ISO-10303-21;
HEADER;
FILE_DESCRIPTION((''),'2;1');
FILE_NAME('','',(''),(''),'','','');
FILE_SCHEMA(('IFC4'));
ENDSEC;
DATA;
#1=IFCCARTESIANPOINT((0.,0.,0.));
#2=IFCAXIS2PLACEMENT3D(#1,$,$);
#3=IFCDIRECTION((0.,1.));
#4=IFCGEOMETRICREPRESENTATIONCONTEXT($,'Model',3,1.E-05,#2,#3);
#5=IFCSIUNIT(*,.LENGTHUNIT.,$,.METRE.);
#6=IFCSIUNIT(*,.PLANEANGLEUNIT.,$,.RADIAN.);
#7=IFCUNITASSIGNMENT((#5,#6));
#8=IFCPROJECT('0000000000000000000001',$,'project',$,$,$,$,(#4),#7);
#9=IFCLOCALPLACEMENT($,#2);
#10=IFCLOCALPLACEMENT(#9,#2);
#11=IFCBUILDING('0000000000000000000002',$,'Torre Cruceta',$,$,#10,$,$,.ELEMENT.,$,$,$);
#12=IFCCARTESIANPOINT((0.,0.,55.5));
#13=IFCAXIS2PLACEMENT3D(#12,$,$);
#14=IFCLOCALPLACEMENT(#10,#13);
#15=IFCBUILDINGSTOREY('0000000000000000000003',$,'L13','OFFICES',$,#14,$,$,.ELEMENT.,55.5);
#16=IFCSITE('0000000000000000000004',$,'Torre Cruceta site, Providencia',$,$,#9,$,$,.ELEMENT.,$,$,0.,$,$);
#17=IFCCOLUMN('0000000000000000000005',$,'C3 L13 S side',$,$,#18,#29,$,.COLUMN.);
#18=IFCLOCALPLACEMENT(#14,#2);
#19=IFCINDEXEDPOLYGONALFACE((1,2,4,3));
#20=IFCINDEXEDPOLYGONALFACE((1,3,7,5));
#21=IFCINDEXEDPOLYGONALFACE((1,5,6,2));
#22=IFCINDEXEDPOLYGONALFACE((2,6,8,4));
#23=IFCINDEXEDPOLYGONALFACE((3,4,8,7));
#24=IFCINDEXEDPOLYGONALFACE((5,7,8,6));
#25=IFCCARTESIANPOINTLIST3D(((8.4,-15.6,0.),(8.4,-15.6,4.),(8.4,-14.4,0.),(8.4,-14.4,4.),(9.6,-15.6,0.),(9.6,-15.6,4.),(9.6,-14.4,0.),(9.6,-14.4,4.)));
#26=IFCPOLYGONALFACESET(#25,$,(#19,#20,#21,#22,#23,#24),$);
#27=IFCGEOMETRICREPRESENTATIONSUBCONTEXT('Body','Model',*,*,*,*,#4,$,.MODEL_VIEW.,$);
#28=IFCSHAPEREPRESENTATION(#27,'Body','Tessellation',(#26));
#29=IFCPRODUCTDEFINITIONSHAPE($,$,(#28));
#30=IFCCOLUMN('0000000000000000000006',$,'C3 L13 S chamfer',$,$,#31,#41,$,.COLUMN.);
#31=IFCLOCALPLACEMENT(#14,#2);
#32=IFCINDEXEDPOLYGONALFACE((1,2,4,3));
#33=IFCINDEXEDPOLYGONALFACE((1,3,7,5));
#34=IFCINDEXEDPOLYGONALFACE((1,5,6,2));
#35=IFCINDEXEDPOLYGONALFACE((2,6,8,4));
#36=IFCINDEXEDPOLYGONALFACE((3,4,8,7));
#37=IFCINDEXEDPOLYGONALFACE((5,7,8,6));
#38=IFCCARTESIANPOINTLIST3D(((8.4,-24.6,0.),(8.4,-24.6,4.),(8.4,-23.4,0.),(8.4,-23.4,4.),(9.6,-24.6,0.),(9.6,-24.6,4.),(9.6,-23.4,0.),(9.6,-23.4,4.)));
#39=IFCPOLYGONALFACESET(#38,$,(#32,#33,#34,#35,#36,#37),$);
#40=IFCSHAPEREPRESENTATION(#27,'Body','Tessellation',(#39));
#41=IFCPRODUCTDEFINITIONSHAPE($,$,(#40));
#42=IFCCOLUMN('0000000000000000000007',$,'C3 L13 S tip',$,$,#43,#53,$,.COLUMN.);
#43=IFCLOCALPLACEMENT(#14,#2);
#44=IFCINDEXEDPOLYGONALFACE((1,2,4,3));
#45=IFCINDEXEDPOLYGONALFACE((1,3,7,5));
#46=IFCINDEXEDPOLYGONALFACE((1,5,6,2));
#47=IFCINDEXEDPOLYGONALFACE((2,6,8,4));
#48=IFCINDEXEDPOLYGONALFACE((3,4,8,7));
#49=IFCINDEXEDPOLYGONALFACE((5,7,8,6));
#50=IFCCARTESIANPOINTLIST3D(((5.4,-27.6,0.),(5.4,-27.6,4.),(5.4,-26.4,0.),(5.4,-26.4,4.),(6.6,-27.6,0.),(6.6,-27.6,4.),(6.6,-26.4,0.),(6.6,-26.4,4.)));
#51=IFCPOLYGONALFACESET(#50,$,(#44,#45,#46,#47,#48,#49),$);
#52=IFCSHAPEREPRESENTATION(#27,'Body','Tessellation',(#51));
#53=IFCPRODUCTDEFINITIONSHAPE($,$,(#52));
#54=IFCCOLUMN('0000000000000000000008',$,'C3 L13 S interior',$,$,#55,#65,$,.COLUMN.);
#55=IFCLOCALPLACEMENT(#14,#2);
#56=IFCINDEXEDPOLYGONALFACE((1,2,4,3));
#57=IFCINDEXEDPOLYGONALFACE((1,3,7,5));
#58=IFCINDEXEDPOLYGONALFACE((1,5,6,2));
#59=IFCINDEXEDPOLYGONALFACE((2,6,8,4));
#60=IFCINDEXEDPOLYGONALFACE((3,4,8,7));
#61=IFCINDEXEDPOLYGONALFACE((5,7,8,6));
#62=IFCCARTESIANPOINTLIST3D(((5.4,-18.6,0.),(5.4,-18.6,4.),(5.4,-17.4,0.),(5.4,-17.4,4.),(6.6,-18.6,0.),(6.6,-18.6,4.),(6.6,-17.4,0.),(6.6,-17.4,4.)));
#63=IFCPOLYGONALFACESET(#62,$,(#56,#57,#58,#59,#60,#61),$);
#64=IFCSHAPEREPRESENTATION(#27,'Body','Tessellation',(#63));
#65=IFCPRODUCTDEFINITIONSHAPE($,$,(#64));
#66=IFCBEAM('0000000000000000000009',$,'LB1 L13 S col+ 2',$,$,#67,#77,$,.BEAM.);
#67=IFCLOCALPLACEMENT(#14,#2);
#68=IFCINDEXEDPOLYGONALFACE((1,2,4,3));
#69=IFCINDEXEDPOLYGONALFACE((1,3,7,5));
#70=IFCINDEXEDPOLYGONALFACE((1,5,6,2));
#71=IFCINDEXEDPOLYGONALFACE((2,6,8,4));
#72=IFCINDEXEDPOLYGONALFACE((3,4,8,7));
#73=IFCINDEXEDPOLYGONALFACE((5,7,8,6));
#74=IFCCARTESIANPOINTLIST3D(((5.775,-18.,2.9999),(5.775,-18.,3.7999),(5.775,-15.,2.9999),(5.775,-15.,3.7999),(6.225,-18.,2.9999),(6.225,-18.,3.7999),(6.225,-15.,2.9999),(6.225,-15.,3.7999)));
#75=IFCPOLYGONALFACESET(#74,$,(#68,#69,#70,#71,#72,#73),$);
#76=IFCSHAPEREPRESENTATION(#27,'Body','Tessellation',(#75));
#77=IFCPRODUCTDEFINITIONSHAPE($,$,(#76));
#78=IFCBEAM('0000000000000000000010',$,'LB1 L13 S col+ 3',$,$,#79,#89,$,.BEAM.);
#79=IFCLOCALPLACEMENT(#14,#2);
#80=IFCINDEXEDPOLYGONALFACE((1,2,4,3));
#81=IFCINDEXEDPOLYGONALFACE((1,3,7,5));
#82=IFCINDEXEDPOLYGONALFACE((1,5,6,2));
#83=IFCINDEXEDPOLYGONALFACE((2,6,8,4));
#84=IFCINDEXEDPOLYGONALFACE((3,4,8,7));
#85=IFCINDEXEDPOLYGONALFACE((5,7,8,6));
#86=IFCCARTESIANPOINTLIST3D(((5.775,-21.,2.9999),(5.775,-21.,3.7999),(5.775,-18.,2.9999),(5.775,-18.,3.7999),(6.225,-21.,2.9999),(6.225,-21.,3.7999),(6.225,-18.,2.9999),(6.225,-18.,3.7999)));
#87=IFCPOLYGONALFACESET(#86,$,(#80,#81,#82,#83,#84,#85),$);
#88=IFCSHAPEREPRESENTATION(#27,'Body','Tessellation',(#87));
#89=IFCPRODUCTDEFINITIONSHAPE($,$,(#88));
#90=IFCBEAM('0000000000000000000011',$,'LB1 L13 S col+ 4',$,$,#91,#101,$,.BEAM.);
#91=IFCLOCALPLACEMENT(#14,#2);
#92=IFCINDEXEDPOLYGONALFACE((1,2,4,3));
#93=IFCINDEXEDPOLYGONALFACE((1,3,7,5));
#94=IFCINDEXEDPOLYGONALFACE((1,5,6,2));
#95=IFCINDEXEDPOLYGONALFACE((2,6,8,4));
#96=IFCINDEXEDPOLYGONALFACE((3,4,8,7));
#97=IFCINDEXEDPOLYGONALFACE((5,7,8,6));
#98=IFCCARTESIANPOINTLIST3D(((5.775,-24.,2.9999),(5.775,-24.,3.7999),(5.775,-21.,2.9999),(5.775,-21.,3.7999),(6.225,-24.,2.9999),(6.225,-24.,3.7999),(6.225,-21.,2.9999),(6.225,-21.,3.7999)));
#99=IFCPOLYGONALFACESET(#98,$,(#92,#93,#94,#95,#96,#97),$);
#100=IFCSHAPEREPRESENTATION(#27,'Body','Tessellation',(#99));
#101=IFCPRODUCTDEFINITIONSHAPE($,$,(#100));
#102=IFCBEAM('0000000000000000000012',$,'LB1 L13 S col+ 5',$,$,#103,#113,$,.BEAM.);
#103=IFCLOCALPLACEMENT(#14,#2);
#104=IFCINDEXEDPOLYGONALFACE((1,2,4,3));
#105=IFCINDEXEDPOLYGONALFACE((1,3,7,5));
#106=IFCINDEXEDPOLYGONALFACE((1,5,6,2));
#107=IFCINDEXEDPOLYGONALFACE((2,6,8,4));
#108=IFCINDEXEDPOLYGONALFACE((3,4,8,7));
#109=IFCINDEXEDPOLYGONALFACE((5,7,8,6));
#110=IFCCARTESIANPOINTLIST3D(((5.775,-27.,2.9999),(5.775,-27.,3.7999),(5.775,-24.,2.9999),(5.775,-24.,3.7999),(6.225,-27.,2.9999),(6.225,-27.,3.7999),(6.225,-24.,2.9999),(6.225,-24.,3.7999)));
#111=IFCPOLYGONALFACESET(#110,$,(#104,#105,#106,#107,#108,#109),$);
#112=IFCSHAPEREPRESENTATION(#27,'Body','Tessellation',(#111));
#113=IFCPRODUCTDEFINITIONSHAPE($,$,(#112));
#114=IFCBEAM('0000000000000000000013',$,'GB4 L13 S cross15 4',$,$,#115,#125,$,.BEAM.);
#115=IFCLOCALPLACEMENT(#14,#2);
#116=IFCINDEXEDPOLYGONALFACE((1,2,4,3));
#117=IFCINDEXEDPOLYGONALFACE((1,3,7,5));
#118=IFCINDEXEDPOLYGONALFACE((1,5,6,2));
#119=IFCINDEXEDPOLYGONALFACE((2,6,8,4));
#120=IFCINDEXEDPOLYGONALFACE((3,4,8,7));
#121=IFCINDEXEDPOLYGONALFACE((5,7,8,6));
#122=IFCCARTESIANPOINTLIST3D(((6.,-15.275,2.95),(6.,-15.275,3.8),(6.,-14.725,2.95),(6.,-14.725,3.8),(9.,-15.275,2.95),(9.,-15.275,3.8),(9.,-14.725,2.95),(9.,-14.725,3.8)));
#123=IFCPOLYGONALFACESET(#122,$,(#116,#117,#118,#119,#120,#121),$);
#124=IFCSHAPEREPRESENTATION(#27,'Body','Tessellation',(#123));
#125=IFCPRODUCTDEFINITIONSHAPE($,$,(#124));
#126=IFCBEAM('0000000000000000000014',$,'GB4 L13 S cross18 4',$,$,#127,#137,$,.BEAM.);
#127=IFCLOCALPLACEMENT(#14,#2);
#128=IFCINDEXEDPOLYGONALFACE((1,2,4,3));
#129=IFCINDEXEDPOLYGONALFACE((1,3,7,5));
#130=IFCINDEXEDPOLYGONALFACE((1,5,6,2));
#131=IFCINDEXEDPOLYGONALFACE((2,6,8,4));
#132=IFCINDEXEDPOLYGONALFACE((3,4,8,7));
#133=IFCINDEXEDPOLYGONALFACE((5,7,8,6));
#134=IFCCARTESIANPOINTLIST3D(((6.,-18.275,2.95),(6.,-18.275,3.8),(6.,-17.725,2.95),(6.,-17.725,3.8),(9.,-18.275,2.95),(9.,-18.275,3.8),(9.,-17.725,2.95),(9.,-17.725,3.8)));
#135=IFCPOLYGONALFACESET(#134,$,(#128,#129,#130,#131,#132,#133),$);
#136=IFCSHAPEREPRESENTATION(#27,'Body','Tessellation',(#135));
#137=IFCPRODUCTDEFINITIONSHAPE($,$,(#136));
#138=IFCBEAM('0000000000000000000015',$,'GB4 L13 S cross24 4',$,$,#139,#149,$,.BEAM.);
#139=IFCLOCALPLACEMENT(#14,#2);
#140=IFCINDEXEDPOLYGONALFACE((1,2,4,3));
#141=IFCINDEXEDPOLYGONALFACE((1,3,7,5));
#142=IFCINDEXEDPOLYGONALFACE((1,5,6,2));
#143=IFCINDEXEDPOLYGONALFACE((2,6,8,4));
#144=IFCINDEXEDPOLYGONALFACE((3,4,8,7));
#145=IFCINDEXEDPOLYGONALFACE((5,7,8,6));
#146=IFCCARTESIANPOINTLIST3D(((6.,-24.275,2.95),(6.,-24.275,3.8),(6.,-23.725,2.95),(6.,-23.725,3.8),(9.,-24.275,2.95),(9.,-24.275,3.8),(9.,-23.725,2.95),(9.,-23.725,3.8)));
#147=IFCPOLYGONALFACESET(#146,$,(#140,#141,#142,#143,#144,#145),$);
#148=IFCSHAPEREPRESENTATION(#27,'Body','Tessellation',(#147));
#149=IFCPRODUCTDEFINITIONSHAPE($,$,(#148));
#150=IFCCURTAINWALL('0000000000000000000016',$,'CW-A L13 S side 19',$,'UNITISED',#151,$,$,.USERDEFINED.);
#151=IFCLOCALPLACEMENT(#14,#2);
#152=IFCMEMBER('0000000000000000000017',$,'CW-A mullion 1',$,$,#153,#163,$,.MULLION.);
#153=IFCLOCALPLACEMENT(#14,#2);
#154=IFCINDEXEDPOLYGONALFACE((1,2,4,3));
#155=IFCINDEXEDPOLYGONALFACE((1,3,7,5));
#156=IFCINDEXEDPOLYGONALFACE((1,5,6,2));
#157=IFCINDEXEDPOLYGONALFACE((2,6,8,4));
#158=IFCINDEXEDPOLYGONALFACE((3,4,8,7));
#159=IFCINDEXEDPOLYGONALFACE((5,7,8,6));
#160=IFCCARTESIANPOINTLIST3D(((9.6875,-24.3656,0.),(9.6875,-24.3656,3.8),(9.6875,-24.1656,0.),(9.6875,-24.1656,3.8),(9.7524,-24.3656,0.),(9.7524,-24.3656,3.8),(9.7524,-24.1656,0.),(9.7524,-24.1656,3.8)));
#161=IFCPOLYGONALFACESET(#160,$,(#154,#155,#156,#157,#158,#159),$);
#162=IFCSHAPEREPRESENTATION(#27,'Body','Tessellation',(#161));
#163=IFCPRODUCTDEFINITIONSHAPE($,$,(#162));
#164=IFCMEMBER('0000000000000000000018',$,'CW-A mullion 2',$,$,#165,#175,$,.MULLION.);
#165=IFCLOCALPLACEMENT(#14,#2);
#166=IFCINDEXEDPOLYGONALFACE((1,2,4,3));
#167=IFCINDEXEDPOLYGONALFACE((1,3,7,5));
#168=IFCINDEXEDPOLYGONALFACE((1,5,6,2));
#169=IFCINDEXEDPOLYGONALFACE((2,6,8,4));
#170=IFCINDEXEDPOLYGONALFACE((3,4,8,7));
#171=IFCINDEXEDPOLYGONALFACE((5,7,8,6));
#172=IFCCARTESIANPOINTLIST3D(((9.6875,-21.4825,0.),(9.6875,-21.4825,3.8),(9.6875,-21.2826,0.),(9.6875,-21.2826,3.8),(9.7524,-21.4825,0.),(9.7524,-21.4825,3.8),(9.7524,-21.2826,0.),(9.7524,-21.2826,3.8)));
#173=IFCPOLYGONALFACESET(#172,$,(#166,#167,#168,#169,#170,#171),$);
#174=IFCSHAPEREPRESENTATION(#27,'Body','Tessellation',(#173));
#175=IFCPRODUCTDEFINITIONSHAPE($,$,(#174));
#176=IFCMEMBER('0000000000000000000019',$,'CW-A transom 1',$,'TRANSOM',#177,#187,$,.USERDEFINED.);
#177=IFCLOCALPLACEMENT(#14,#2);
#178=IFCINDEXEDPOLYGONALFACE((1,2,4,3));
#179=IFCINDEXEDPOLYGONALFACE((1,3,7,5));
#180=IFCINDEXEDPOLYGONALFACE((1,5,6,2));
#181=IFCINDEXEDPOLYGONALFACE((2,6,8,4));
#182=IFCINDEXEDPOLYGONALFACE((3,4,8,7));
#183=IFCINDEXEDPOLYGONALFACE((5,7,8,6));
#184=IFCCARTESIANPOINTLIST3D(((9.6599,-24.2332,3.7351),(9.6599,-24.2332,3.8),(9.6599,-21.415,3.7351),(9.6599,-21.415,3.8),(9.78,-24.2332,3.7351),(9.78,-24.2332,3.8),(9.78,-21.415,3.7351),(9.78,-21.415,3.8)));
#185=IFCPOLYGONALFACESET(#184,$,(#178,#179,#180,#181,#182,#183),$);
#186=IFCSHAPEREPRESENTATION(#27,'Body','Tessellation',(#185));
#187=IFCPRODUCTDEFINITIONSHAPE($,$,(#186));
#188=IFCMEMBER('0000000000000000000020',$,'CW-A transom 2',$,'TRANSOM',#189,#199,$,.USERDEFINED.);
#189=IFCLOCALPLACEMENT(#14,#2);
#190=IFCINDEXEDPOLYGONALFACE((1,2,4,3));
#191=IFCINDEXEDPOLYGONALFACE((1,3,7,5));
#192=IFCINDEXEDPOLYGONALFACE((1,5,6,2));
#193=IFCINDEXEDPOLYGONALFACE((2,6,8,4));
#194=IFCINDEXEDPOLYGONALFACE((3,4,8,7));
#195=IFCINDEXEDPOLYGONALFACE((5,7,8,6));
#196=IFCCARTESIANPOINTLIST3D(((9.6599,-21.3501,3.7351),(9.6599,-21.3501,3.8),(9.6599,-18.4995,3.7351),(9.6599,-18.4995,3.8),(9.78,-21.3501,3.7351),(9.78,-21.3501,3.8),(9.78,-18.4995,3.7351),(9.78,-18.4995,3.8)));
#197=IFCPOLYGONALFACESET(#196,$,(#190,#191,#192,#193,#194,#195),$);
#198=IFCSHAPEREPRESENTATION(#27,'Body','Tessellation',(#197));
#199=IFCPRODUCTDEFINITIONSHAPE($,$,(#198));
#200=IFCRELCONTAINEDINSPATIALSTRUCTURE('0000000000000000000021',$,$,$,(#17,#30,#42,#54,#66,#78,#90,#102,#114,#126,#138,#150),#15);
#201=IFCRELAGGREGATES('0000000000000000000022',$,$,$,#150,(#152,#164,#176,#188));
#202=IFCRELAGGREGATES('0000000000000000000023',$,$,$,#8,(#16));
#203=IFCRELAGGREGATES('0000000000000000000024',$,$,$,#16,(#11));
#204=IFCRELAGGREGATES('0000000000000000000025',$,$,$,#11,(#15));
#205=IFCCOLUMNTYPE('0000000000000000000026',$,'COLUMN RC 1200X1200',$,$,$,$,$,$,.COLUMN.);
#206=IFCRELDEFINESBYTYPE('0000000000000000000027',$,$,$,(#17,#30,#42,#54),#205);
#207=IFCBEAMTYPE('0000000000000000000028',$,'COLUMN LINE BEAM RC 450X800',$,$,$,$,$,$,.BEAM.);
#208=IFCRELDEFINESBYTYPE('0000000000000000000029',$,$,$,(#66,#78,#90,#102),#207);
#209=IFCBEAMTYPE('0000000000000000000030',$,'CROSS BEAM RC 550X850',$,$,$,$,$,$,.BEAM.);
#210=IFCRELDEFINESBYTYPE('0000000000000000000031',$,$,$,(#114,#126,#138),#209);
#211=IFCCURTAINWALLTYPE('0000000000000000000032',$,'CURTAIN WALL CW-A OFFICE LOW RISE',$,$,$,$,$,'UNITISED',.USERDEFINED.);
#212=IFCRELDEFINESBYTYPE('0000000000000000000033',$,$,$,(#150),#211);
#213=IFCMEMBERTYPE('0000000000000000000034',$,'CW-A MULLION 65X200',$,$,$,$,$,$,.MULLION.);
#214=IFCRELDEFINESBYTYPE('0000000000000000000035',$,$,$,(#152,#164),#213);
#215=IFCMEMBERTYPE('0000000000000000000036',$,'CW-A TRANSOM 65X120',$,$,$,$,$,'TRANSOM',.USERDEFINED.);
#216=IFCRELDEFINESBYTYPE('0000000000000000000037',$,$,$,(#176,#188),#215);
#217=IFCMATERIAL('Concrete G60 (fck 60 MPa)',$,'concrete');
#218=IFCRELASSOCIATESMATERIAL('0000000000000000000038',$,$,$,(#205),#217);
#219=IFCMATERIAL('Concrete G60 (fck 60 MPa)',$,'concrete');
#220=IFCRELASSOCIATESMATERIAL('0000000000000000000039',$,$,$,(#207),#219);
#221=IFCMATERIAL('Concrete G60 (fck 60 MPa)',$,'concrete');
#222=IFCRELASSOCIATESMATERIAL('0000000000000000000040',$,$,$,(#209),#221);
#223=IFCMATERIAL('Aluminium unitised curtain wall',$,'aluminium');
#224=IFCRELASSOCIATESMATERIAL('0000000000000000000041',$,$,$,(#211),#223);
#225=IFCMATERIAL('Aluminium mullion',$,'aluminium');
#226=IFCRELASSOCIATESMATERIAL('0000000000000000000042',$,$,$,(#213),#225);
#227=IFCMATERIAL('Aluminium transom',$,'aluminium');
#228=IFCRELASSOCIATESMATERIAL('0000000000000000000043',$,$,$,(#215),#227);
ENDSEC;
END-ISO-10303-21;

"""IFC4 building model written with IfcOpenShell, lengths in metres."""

from ifc_helpers import new_model, si_unit, direction, frame, origin, origin_2d, place, context, subcontext, project, spatial, rectangle, extrude, material, material_profile, profile_set, type_object, element, aggregate, save


model = new_model("IFC4")

# Units and contexts
model_context = context("Model", 3, precision=1e-05, world=origin(), true_north=direction((0.0, 1.0)))
body_context = subcontext(model_context, "Body", "Model", "MODEL_VIEW")
ifc_project = project(units=[si_unit("LENGTHUNIT", "METRE"), si_unit("PLANEANGLEUNIT", "RADIAN")], contexts=[model_context])

# Site, building, storey
site_placement = place(None, origin())
site = spatial("IfcSite", under=ifc_project, at=site_placement, Name="Torre Cruceta site, Providencia", CompositionType="ELEMENT", RefElevation=0.0)
building_placement = place(site_placement, origin())
building = spatial("IfcBuilding", under=site, at=building_placement, Name="Torre Cruceta", CompositionType="ELEMENT")
storey_placement = place(building_placement, frame((0.0, 0.0, 55.5)))
storey = spatial("IfcBuildingStorey", under=building, at=storey_placement, Name="L13", Description="OFFICES", CompositionType="ELEMENT", Elevation=55.5)

# Columns
ifc_material_1 = material(Name="Concrete G60 (fck 60 MPa)", Category="concrete")
ifc_material_profile_1 = material_profile(ifc_material_1, rectangle(XDim=1.2, YDim=1.2, at=origin_2d()), Name="RC 1200X1200")
ifc_profile_set_1 = profile_set([ifc_material_profile_1], Name="Concrete G60 (fck 60 MPa)")
column_type = type_object("IfcColumnType", Name="COLUMN RC 1200X1200", PredefinedType="COLUMN", material=ifc_profile_set_1)
for number, where, z_axis, x_axis, name in (
    (1, (9.0, -15.0, 0.0), (0.0, 0.0, 1.0), (1.0, 0.0, 0.0), "C3 L13 S side"),
    (2, (9.0, -24.0, 0.0), (0.0, 0.0, 1.0), (1.0, 0.0, 0.0), "C3 L13 S chamfer"),
    (3, (6.0, -27.0, 0.0), (0.0, 0.0, 1.0), (1.0, 0.0, 0.0), "C3 L13 S tip"),
    (4, (6.0, -18.0, 0.0), (0.0, 0.0, 1.0), (1.0, 0.0, 0.0), "C3 L13 S interior"),
):
    element("IfcColumn", number, at=place(storey_placement, frame(where, z_axis=z_axis, x_axis=x_axis)), inside=storey, type_object=column_type, Name=name, PredefinedType="COLUMN", context=body_context, shape_type="SweptSolid", body=[
        extrude(rectangle(XDim=1.2, YDim=1.2, at=origin_2d()), origin(), (0.0, 0.0, 1.0), 4.0),
    ])

# Beams
ifc_material_2 = material(Name="Concrete G60 (fck 60 MPa)", Category="concrete")
ifc_material_profile_2 = material_profile(ifc_material_2, rectangle(XDim=0.45, YDim=0.8, at=origin_2d()), Name="RC 450X800")
ifc_profile_set_2 = profile_set([ifc_material_profile_2], Name="Concrete G60 (fck 60 MPa)")
beam_type_1 = type_object("IfcBeamType", Name="COLUMN LINE BEAM RC 450X800", PredefinedType="BEAM", material=ifc_profile_set_2)
for number, where, z_axis, x_axis, name in (
    (5, (6.0, -15.0, 3.3999), (0.0, -1.0, 0.0), (1.0, 0.0, 0.0), "LB1 L13 S col+ 2"),
    (6, (6.0, -18.0, 3.3999), (0.0, -1.0, 0.0), (1.0, 0.0, 0.0), "LB1 L13 S col+ 3"),
    (7, (6.0, -21.0, 3.3999), (0.0, -1.0, 0.0), (1.0, 0.0, 0.0), "LB1 L13 S col+ 4"),
    (8, (6.0, -24.0, 3.3999), (0.0, -1.0, 0.0), (1.0, 0.0, 0.0), "LB1 L13 S col+ 5"),
):
    element("IfcBeam", number, at=place(storey_placement, frame(where, z_axis=z_axis, x_axis=x_axis)), inside=storey, type_object=beam_type_1, Name=name, PredefinedType="BEAM", context=body_context, shape_type="SweptSolid", body=[
        extrude(rectangle(XDim=0.45, YDim=0.8, at=origin_2d()), origin(), (0.0, 0.0, 1.0), 3.0),
    ])
ifc_material_3 = material(Name="Concrete G60 (fck 60 MPa)", Category="concrete")
ifc_material_profile_3 = material_profile(ifc_material_3, rectangle(XDim=0.55, YDim=0.8501, at=origin_2d()), Name="RC 550X850")
ifc_profile_set_3 = profile_set([ifc_material_profile_3], Name="Concrete G60 (fck 60 MPa)")
beam_type_2 = type_object("IfcBeamType", Name="CROSS BEAM RC 550X850", PredefinedType="BEAM", material=ifc_profile_set_3)
for number, where, z_axis, x_axis, name in (
    (9, (6.0, -15.0, 3.375), (1.0, 0.0, 0.0), (0.0, 1.0, 0.0), "GB4 L13 S cross15 4"),
    (10, (6.0, -18.0, 3.375), (1.0, 0.0, 0.0), (0.0, 1.0, 0.0), "GB4 L13 S cross18 4"),
    (11, (6.0, -24.0, 3.375), (1.0, 0.0, 0.0), (0.0, 1.0, 0.0), "GB4 L13 S cross24 4"),
):
    element("IfcBeam", number, at=place(storey_placement, frame(where, z_axis=z_axis, x_axis=x_axis)), inside=storey, type_object=beam_type_2, Name=name, PredefinedType="BEAM", context=body_context, shape_type="SweptSolid", body=[
        extrude(rectangle(XDim=0.55, YDim=0.8501, at=origin_2d()), origin(), (0.0, 0.0, 1.0), 3.0),
    ])

# Curtain wall, members
ifc_material_4 = material(Name="Aluminium unitised curtain wall", Category="aluminium")
curtain_wall_type = type_object("IfcCurtainWallType", Name="CURTAIN WALL CW-A OFFICE LOW RISE", ElementType="UNITISED", PredefinedType="USERDEFINED", material=ifc_material_4)
curtain_wall_placement = place(storey_placement, origin())
curtain_wall = element("IfcCurtainWall", 12, at=curtain_wall_placement, inside=storey, type_object=curtain_wall_type, Name="CW-A L13 S side 19", ObjectType="UNITISED", PredefinedType="USERDEFINED")
ifc_material_5 = material(Name="Aluminium mullion", Category="aluminium")
ifc_material_profile_4 = material_profile(ifc_material_5, rectangle(XDim=0.0649, YDim=0.2, at=origin_2d()), Name="AL 65X200")
ifc_profile_set_4 = profile_set([ifc_material_profile_4], Name="Aluminium mullion")
member_type_1 = type_object("IfcMemberType", Name="CW-A MULLION 65X200", PredefinedType="MULLION", material=ifc_profile_set_4)
member_1_placement = place(storey_placement, frame((9.72, -24.2656, 0.0), z_axis=(0.0, 0.0, 1.0), x_axis=(-1.0, 0.0, 0.0)))
member_1 = element("IfcMember", 13, at=member_1_placement, type_object=member_type_1, Name="CW-A mullion 1", PredefinedType="MULLION", context=body_context, shape_type="SweptSolid", body=[
    extrude(rectangle(XDim=0.0649, YDim=0.2, at=origin_2d()), origin(), (0.0, 0.0, 1.0), 3.8),
])
member_2_placement = place(storey_placement, frame((9.72, -21.3826, 0.0), z_axis=(0.0, 0.0, 1.0), x_axis=(-1.0, 0.0, 0.0)))
member_2 = element("IfcMember", 14, at=member_2_placement, type_object=member_type_1, Name="CW-A mullion 2", PredefinedType="MULLION", context=body_context, shape_type="SweptSolid", body=[
    extrude(rectangle(XDim=0.0649, YDim=0.2, at=origin_2d()), origin(), (0.0, 0.0, 1.0), 3.8),
])
ifc_material_6 = material(Name="Aluminium transom", Category="aluminium")
ifc_material_profile_5 = material_profile(ifc_material_6, rectangle(XDim=0.1201, YDim=0.0649, at=origin_2d()), Name="AL 120X65")
ifc_profile_set_5 = profile_set([ifc_material_profile_5], Name="Aluminium transom")
member_type_2 = type_object("IfcMemberType", Name="CW-A TRANSOM 65X120", ElementType="TRANSOM", PredefinedType="USERDEFINED", material=ifc_profile_set_5)
member_3_placement = place(storey_placement, frame((9.72, -24.2332, 3.7676), z_axis=(0.0, 1.0, 0.0), x_axis=(-1.0, 0.0, 0.0)))
member_3 = element("IfcMember", 15, at=member_3_placement, type_object=member_type_2, Name="CW-A transom 1", ObjectType="TRANSOM", PredefinedType="USERDEFINED", context=body_context, shape_type="SweptSolid", body=[
    extrude(rectangle(XDim=0.1201, YDim=0.0649, at=origin_2d()), origin(), (0.0, 0.0, 1.0), 2.8181),
])
member_4_placement = place(storey_placement, frame((9.72, -21.3501, 3.7676), z_axis=(0.0, 1.0, 0.0), x_axis=(-1.0, 0.0, 0.0)))
member_4 = element("IfcMember", 16, at=member_4_placement, type_object=member_type_2, Name="CW-A transom 2", ObjectType="TRANSOM", PredefinedType="USERDEFINED", context=body_context, shape_type="SweptSolid", body=[
    extrude(rectangle(XDim=0.1201, YDim=0.0649, at=origin_2d()), origin(), (0.0, 0.0, 1.0), 2.8506),
])

aggregate(curtain_wall, [member_1, member_2, member_3, member_4])

save(model, "model.ifc")
